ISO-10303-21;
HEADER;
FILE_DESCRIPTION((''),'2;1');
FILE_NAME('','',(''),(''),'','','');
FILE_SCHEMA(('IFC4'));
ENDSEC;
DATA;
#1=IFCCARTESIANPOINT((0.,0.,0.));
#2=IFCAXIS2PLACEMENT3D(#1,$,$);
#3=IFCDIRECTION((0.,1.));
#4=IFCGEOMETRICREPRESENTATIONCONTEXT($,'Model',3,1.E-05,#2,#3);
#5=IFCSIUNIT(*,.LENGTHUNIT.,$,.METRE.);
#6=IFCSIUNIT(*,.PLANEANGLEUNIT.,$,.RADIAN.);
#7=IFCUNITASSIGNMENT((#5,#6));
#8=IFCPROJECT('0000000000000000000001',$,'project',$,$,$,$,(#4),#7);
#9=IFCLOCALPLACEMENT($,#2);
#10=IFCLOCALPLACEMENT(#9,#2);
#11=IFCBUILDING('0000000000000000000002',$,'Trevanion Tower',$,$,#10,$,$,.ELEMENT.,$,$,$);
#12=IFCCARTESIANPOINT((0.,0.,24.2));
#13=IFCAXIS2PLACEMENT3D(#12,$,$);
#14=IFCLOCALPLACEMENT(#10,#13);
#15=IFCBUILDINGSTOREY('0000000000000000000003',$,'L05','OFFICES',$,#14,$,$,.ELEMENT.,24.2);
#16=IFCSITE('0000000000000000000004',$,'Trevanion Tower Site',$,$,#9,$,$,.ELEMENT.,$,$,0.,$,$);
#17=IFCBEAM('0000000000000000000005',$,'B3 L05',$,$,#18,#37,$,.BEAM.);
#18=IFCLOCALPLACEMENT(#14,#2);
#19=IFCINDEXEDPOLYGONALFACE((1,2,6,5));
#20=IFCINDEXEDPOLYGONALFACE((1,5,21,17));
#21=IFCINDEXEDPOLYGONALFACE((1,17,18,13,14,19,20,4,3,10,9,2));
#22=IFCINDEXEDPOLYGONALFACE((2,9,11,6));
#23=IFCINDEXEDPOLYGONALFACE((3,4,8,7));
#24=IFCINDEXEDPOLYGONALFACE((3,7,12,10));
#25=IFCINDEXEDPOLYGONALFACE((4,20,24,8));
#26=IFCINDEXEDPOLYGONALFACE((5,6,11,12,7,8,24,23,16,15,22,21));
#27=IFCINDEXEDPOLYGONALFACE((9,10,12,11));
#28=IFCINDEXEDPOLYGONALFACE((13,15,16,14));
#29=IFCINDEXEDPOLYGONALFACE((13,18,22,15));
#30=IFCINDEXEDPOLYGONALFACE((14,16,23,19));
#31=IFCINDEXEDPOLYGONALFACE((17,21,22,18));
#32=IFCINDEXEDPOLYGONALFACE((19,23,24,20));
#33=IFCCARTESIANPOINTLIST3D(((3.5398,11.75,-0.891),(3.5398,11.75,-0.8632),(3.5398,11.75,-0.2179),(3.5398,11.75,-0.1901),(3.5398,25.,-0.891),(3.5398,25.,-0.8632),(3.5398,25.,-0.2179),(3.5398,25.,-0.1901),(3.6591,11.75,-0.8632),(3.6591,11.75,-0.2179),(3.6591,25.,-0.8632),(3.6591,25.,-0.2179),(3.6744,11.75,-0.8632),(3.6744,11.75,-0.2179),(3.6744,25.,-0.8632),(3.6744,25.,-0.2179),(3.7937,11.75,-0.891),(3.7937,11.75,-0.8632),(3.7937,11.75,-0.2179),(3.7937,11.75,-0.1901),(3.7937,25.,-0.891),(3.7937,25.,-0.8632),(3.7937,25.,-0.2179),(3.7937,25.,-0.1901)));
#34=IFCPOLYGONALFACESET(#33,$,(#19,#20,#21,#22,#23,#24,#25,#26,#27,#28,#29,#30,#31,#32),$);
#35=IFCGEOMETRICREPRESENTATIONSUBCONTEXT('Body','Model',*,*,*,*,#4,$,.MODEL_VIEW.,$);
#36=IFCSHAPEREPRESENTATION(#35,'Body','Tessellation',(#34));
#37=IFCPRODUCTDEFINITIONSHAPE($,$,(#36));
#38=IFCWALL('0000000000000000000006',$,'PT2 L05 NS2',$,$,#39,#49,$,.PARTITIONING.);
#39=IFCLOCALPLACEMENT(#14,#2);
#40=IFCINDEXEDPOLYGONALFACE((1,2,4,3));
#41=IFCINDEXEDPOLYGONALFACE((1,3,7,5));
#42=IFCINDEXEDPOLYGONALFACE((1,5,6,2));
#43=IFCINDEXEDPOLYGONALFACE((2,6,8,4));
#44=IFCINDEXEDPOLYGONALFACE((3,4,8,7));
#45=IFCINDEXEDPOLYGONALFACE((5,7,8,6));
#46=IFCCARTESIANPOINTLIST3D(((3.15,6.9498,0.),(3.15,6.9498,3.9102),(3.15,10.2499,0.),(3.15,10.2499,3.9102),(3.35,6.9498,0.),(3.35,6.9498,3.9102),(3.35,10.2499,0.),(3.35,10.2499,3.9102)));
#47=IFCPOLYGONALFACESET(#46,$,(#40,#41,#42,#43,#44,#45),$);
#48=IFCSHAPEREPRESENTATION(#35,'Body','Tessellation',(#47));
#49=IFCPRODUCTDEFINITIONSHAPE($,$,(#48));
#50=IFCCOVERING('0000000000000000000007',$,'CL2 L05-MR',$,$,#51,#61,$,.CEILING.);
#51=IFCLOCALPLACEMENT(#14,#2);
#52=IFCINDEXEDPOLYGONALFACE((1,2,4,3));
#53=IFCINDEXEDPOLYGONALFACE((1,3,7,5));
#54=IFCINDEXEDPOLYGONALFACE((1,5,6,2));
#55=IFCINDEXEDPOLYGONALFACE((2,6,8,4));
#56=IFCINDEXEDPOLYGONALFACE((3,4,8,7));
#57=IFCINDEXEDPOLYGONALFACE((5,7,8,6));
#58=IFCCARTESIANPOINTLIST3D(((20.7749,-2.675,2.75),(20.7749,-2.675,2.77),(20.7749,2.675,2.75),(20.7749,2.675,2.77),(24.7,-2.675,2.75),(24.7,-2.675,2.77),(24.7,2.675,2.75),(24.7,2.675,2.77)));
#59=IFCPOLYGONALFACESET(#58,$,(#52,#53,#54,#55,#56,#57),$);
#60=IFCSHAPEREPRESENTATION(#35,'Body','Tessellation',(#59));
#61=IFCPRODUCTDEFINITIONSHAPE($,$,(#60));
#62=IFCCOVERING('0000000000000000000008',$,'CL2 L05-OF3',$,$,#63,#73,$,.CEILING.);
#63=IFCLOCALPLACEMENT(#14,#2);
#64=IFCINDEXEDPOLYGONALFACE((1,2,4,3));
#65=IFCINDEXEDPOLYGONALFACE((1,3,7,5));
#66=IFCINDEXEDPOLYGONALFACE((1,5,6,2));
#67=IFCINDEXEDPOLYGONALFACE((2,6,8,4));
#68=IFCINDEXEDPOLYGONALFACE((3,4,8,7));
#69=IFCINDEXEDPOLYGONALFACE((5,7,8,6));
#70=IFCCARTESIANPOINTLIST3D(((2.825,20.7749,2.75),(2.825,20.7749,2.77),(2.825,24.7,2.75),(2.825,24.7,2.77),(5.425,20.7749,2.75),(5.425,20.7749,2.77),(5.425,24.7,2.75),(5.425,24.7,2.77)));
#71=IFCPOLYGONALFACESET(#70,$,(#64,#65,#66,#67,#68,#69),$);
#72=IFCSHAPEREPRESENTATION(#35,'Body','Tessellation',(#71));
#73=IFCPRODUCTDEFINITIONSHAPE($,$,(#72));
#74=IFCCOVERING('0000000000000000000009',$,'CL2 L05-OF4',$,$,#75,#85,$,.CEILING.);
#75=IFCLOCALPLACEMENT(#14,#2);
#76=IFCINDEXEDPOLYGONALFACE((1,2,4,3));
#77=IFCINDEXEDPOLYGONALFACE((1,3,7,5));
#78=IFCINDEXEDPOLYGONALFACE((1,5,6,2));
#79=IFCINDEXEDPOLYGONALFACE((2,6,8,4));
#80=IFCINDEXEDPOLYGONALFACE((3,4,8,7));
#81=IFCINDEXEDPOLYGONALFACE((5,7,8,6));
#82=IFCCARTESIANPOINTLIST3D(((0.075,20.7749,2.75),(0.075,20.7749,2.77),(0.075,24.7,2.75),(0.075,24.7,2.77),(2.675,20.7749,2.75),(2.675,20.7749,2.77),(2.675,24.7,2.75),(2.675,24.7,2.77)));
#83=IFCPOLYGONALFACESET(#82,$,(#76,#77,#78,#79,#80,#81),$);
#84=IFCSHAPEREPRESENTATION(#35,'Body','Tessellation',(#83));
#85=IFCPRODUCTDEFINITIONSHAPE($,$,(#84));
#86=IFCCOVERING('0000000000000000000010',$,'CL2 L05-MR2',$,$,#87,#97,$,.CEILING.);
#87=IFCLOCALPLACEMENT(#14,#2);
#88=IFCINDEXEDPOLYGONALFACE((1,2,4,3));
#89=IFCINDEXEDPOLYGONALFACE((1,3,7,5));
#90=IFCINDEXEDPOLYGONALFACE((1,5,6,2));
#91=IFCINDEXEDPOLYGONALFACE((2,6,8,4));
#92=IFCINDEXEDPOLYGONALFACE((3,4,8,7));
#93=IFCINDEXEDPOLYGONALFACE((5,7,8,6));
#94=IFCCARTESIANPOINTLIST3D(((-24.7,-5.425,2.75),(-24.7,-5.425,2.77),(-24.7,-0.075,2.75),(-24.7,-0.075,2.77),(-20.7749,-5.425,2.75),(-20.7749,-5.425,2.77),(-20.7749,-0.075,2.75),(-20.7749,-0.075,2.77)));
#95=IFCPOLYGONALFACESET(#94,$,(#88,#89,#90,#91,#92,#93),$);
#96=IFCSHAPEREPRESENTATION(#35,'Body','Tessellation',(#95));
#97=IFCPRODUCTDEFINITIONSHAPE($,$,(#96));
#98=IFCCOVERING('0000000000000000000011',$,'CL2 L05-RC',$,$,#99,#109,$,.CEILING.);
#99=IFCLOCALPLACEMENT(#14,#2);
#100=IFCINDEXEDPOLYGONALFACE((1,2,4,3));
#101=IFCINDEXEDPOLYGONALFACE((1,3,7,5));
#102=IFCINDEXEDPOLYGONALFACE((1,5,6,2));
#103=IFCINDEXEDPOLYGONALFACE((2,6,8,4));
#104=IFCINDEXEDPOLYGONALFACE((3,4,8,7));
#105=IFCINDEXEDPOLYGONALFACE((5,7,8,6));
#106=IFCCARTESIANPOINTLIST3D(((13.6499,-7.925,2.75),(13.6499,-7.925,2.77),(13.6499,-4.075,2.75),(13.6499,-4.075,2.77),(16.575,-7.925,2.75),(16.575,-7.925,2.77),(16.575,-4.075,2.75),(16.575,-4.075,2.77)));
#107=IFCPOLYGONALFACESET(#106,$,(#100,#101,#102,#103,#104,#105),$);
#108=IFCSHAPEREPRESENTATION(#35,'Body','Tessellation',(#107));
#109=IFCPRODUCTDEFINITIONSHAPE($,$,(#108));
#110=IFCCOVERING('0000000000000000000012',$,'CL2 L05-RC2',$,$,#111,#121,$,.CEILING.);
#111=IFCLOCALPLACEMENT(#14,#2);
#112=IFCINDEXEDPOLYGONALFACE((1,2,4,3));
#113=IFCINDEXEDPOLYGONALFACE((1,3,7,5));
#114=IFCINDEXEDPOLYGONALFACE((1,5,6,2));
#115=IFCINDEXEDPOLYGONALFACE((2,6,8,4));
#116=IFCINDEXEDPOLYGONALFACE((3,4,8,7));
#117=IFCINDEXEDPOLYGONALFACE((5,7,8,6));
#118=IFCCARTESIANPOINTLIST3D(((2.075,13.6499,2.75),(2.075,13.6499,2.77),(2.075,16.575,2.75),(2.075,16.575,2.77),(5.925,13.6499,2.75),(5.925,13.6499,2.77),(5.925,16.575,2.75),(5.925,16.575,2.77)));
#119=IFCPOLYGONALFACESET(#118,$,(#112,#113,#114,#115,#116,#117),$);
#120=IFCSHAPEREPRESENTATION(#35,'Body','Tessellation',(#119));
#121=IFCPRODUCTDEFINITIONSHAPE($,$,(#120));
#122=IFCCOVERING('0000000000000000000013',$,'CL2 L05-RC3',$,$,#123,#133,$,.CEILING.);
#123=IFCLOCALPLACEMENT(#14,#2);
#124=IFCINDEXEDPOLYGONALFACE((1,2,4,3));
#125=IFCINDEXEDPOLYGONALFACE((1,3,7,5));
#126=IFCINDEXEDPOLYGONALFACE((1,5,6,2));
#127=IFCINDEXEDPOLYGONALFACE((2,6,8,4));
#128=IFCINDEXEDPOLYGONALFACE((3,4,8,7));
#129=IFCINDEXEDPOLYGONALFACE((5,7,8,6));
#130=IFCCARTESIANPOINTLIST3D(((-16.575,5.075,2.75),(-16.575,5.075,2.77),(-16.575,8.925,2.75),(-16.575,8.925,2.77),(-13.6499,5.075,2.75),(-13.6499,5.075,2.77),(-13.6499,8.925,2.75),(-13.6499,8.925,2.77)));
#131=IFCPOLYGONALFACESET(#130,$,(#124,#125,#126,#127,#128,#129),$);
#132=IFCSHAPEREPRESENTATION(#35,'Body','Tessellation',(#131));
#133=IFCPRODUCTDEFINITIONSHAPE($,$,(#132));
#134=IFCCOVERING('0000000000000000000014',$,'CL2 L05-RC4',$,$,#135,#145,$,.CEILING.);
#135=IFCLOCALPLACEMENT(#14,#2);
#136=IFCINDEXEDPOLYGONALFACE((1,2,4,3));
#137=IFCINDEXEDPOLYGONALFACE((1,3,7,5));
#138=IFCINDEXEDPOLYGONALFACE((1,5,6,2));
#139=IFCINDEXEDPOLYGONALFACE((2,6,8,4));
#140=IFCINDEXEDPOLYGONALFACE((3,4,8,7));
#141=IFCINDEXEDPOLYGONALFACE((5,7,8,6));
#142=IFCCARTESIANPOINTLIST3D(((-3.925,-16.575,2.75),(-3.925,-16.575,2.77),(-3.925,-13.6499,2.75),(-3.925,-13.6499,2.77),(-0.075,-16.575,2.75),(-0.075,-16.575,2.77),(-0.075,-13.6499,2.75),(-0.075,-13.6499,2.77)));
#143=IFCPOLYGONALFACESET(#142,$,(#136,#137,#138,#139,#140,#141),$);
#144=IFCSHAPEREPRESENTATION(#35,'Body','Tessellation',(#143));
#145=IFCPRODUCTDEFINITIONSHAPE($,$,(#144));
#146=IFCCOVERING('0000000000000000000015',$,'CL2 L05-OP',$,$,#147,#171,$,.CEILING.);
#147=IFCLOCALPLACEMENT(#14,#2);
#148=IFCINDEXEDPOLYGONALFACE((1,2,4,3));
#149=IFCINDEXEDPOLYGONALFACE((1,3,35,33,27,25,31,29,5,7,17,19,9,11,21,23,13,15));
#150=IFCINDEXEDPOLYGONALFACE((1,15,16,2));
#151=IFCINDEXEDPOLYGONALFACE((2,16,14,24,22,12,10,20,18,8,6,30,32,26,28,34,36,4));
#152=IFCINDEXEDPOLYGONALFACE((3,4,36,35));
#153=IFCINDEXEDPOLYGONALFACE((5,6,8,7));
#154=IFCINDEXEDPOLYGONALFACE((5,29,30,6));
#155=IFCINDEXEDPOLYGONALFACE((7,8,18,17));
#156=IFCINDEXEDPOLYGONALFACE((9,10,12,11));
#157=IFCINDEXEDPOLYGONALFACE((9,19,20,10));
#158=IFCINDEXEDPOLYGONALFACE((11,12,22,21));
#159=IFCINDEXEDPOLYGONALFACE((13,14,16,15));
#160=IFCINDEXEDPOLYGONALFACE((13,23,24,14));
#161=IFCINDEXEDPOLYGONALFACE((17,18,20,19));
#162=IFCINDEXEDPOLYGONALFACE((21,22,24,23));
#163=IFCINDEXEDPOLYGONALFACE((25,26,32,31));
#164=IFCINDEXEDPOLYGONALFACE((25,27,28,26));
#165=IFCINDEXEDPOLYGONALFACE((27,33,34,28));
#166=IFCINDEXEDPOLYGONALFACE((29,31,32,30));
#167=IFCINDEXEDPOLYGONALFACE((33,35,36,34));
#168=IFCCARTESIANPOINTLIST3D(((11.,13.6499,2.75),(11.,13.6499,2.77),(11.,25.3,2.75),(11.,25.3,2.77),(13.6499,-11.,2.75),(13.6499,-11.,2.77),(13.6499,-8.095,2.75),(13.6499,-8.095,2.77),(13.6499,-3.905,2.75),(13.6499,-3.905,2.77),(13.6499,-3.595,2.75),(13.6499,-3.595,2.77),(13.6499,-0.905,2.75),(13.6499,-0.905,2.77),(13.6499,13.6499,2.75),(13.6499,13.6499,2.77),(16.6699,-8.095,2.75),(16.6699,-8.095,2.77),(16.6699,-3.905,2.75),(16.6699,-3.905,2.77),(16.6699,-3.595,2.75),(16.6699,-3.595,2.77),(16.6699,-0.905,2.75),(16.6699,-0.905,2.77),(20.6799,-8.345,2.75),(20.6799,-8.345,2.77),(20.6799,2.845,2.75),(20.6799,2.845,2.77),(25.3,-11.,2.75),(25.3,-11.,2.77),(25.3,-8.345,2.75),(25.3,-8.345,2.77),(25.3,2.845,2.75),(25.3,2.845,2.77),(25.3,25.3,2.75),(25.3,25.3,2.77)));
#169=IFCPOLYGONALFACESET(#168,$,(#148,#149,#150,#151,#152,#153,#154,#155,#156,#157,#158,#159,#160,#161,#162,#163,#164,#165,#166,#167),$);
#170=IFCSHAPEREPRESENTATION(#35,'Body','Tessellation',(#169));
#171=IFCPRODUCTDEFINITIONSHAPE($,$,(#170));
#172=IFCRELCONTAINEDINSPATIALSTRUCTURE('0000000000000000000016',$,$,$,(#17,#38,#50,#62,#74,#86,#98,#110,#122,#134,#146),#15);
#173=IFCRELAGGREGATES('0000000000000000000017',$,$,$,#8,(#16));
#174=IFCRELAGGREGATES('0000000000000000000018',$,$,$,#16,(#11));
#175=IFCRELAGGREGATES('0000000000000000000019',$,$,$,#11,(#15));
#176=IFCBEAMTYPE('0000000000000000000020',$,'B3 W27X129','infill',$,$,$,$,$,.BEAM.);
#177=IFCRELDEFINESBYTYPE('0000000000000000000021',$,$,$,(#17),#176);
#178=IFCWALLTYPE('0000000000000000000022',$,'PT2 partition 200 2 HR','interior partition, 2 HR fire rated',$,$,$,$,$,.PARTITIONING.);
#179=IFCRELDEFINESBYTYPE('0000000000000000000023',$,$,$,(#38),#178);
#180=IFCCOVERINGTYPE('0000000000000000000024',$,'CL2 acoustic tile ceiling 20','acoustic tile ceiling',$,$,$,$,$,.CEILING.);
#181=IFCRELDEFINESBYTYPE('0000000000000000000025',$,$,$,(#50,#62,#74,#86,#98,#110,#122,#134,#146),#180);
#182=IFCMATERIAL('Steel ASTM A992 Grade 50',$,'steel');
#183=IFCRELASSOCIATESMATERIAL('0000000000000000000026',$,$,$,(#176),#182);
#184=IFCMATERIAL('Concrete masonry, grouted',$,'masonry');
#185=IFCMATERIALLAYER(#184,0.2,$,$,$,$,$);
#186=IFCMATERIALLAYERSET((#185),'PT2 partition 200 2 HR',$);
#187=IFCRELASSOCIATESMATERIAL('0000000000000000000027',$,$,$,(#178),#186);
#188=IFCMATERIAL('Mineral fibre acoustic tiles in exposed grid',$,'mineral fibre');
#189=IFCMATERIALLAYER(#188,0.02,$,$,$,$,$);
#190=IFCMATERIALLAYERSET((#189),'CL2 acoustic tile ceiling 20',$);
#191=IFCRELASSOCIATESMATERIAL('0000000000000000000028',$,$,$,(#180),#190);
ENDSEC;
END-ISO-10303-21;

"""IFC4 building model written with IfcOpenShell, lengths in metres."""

from ifc_helpers import new_model, si_unit, direction, frame, frame_2d, origin, origin_2d, place, context, subcontext, project, spatial, polyline, rectangle, i_section, outline, extrude, material, layer, layer_set, material_profile, profile_set, type_object, element, save


model = new_model("IFC4")

# Units and contexts
model_context = context("Model", 3, precision=1e-05, world=origin(), true_north=direction((0.0, 1.0)))
body_context = subcontext(model_context, "Body", "Model", "MODEL_VIEW")
ifc_project = project(units=[si_unit("LENGTHUNIT", "METRE"), si_unit("PLANEANGLEUNIT", "RADIAN")], contexts=[model_context])

# Site, building, storey
site_placement = place(None, origin())
site = spatial("IfcSite", under=ifc_project, at=site_placement, Name="Trevanion Tower Site", CompositionType="ELEMENT", RefElevation=0.0)
building_placement = place(site_placement, origin())
building = spatial("IfcBuilding", under=site, at=building_placement, Name="Trevanion Tower", CompositionType="ELEMENT")
storey_placement = place(building_placement, frame((0.0, 0.0, 24.2)))
storey = spatial("IfcBuildingStorey", under=building, at=storey_placement, Name="L05", Description="OFFICES", CompositionType="ELEMENT", Elevation=24.2)

# Beam
ifc_material_1 = material(Name="Steel ASTM A992 Grade 50", Category="steel")
ifc_material_profile = material_profile(ifc_material_1, i_section(OverallWidth=0.2539, OverallDepth=0.7009, WebThickness=0.0154, FlangeThickness=0.0278, at=origin_2d()), Name="W27X129")
ifc_profile_set = profile_set([ifc_material_profile], Name="Steel ASTM A992 Grade 50")
beam_type = type_object("IfcBeamType", Name="B3 W27X129", Description="infill", PredefinedType="BEAM", material=ifc_profile_set)
beam_placement = place(storey_placement, frame((3.6667, 11.75, -0.5405), z_axis=(0.0, 1.0, 0.0), x_axis=(-1.0, 0.0, 0.0)))
element("IfcBeam", 1, at=beam_placement, inside=storey, type_object=beam_type, Name="B3 L05", PredefinedType="BEAM", context=body_context, shape_type="SweptSolid", body=[
    extrude(i_section(OverallWidth=0.2539, OverallDepth=0.7009, WebThickness=0.0154, FlangeThickness=0.0278, at=origin_2d()), origin(), (0.0, 0.0, 1.0), 13.25),
])

# Wall
ifc_material_2 = material(Name="Concrete masonry, grouted", Category="masonry")
ifc_layer_1 = layer(ifc_material_2, 0.2)
ifc_layer_set_1 = layer_set([ifc_layer_1], Name="PT2 partition 200 2 HR")
wall_type = type_object("IfcWallType", Name="PT2 partition 200 2 HR", Description="interior partition, 2 HR fire rated", PredefinedType="PARTITIONING", material=ifc_layer_set_1)
wall_placement = place(storey_placement, frame((3.25, 6.95, 0.0), z_axis=(0.0, 0.0, 1.0), x_axis=(0.0, 1.0, 0.0)))
element("IfcWall", 2, at=wall_placement, inside=storey, type_object=wall_type, Name="PT2 L05 NS2", PredefinedType="PARTITIONING", context=body_context, shape_type="SweptSolid", body=[
    extrude(rectangle(XDim=3.3, YDim=0.2, at=frame_2d((1.6499, 0.0))), origin(), (0.0, 0.0, 1.0), 3.9102),
])

# Coverings
ifc_material_3 = material(Name="Mineral fibre acoustic tiles in exposed grid", Category="mineral fibre")
ifc_layer_2 = layer(ifc_material_3, 0.02)
ifc_layer_set_2 = layer_set([ifc_layer_2], Name="CL2 acoustic tile ceiling 20")
covering_type_1 = type_object("IfcCoveringType", Name="CL2 acoustic tile ceiling 20", Description="acoustic tile ceiling", PredefinedType="CEILING", material=ifc_layer_set_2)
covering_1_placement = place(storey_placement, frame((0.0, 0.0, 2.75)))
element("IfcCovering", 3, at=covering_1_placement, inside=storey, type_object=covering_type_1, Name="CL2 L05-MR", PredefinedType="CEILING", context=body_context, shape_type="SweptSolid", body=[
    extrude(outline(polyline([(20.7749, -2.675), (20.7749, 2.675), (24.7, 2.675), (24.7, -2.675), (20.7749, -2.675)])), origin(), (0.0, 0.0, 1.0), 0.02),
])
covering_2_placement = place(storey_placement, frame((0.0, 0.0, 2.75)))
element("IfcCovering", 4, at=covering_2_placement, inside=storey, type_object=covering_type_1, Name="CL2 L05-OF3", PredefinedType="CEILING", context=body_context, shape_type="SweptSolid", body=[
    extrude(outline(polyline([(5.425, 20.7749), (2.825, 20.7749), (2.825, 24.7), (5.425, 24.7), (5.425, 20.7749)])), origin(), (0.0, 0.0, 1.0), 0.02),
])
covering_3_placement = place(storey_placement, frame((0.0, 0.0, 2.75)))
element("IfcCovering", 5, at=covering_3_placement, inside=storey, type_object=covering_type_1, Name="CL2 L05-OF4", PredefinedType="CEILING", context=body_context, shape_type="SweptSolid", body=[
    extrude(outline(polyline([(2.675, 20.7749), (0.075, 20.7749), (0.075, 24.7), (2.675, 24.7), (2.675, 20.7749)])), origin(), (0.0, 0.0, 1.0), 0.02),
])
covering_4_placement = place(storey_placement, frame((0.0, 0.0, 2.75)))
element("IfcCovering", 6, at=covering_4_placement, inside=storey, type_object=covering_type_1, Name="CL2 L05-MR2", PredefinedType="CEILING", context=body_context, shape_type="SweptSolid", body=[
    extrude(outline(polyline([(-20.7749, -0.075), (-20.7749, -5.425), (-24.7, -5.425), (-24.7, -0.075), (-20.7749, -0.075)])), origin(), (0.0, 0.0, 1.0), 0.02),
])
covering_5_placement = place(storey_placement, frame((0.0, 0.0, 2.75)))
element("IfcCovering", 7, at=covering_5_placement, inside=storey, type_object=covering_type_1, Name="CL2 L05-RC", PredefinedType="CEILING", context=body_context, shape_type="SweptSolid", body=[
    extrude(outline(polyline([(13.6499, -7.925), (13.6499, -4.075), (16.575, -4.075), (16.575, -7.925), (13.6499, -7.925)])), origin(), (0.0, 0.0, 1.0), 0.02),
])
covering_6_placement = place(storey_placement, frame((0.0, 0.0, 2.75)))
element("IfcCovering", 8, at=covering_6_placement, inside=storey, type_object=covering_type_1, Name="CL2 L05-RC2", PredefinedType="CEILING", context=body_context, shape_type="SweptSolid", body=[
    extrude(outline(polyline([(5.925, 13.6499), (2.075, 13.6499), (2.075, 16.575), (5.925, 16.575), (5.925, 13.6499)])), origin(), (0.0, 0.0, 1.0), 0.02),
])
covering_7_placement = place(storey_placement, frame((0.0, 0.0, 2.75)))
element("IfcCovering", 9, at=covering_7_placement, inside=storey, type_object=covering_type_1, Name="CL2 L05-RC3", PredefinedType="CEILING", context=body_context, shape_type="SweptSolid", body=[
    extrude(outline(polyline([(-13.6499, 8.925), (-13.6499, 5.075), (-16.575, 5.075), (-16.575, 8.925), (-13.6499, 8.925)])), origin(), (0.0, 0.0, 1.0), 0.02),
])
covering_8_placement = place(storey_placement, frame((0.0, 0.0, 2.75)))
element("IfcCovering", 10, at=covering_8_placement, inside=storey, type_object=covering_type_1, Name="CL2 L05-RC4", PredefinedType="CEILING", context=body_context, shape_type="SweptSolid", body=[
    extrude(outline(polyline([(-3.925, -13.6499), (-0.075, -13.6499), (-0.075, -16.575), (-3.925, -16.575), (-3.925, -13.6499)])), origin(), (0.0, 0.0, 1.0), 0.02),
])
covering_9_placement = place(storey_placement, frame((0.0, 0.0, 2.75)))
element("IfcCovering", 11, at=covering_9_placement, inside=storey, type_object=covering_type_1, Name="CL2 L05-OP", PredefinedType="CEILING", context=body_context, shape_type="SweptSolid", body=[
    extrude(outline(polyline([(13.6499, -8.095), (16.6699, -8.095), (16.6699, -3.905), (13.6499, -3.905), (13.6499, -3.595), (16.6699, -3.595), (16.6699, -0.905), (13.6499, -0.905), (13.6499, 13.6499), (11.0, 13.6499), (11.0, 25.3), (25.3, 25.3), (25.3, 2.845), (20.6799, 2.845), (20.6799, -8.345), (25.3, -8.345), (25.3, -11.0), (13.6499, -11.0), (13.6499, -8.095)])), origin(), (0.0, 0.0, 1.0), 0.02),
])

save(model, "model.ifc")
